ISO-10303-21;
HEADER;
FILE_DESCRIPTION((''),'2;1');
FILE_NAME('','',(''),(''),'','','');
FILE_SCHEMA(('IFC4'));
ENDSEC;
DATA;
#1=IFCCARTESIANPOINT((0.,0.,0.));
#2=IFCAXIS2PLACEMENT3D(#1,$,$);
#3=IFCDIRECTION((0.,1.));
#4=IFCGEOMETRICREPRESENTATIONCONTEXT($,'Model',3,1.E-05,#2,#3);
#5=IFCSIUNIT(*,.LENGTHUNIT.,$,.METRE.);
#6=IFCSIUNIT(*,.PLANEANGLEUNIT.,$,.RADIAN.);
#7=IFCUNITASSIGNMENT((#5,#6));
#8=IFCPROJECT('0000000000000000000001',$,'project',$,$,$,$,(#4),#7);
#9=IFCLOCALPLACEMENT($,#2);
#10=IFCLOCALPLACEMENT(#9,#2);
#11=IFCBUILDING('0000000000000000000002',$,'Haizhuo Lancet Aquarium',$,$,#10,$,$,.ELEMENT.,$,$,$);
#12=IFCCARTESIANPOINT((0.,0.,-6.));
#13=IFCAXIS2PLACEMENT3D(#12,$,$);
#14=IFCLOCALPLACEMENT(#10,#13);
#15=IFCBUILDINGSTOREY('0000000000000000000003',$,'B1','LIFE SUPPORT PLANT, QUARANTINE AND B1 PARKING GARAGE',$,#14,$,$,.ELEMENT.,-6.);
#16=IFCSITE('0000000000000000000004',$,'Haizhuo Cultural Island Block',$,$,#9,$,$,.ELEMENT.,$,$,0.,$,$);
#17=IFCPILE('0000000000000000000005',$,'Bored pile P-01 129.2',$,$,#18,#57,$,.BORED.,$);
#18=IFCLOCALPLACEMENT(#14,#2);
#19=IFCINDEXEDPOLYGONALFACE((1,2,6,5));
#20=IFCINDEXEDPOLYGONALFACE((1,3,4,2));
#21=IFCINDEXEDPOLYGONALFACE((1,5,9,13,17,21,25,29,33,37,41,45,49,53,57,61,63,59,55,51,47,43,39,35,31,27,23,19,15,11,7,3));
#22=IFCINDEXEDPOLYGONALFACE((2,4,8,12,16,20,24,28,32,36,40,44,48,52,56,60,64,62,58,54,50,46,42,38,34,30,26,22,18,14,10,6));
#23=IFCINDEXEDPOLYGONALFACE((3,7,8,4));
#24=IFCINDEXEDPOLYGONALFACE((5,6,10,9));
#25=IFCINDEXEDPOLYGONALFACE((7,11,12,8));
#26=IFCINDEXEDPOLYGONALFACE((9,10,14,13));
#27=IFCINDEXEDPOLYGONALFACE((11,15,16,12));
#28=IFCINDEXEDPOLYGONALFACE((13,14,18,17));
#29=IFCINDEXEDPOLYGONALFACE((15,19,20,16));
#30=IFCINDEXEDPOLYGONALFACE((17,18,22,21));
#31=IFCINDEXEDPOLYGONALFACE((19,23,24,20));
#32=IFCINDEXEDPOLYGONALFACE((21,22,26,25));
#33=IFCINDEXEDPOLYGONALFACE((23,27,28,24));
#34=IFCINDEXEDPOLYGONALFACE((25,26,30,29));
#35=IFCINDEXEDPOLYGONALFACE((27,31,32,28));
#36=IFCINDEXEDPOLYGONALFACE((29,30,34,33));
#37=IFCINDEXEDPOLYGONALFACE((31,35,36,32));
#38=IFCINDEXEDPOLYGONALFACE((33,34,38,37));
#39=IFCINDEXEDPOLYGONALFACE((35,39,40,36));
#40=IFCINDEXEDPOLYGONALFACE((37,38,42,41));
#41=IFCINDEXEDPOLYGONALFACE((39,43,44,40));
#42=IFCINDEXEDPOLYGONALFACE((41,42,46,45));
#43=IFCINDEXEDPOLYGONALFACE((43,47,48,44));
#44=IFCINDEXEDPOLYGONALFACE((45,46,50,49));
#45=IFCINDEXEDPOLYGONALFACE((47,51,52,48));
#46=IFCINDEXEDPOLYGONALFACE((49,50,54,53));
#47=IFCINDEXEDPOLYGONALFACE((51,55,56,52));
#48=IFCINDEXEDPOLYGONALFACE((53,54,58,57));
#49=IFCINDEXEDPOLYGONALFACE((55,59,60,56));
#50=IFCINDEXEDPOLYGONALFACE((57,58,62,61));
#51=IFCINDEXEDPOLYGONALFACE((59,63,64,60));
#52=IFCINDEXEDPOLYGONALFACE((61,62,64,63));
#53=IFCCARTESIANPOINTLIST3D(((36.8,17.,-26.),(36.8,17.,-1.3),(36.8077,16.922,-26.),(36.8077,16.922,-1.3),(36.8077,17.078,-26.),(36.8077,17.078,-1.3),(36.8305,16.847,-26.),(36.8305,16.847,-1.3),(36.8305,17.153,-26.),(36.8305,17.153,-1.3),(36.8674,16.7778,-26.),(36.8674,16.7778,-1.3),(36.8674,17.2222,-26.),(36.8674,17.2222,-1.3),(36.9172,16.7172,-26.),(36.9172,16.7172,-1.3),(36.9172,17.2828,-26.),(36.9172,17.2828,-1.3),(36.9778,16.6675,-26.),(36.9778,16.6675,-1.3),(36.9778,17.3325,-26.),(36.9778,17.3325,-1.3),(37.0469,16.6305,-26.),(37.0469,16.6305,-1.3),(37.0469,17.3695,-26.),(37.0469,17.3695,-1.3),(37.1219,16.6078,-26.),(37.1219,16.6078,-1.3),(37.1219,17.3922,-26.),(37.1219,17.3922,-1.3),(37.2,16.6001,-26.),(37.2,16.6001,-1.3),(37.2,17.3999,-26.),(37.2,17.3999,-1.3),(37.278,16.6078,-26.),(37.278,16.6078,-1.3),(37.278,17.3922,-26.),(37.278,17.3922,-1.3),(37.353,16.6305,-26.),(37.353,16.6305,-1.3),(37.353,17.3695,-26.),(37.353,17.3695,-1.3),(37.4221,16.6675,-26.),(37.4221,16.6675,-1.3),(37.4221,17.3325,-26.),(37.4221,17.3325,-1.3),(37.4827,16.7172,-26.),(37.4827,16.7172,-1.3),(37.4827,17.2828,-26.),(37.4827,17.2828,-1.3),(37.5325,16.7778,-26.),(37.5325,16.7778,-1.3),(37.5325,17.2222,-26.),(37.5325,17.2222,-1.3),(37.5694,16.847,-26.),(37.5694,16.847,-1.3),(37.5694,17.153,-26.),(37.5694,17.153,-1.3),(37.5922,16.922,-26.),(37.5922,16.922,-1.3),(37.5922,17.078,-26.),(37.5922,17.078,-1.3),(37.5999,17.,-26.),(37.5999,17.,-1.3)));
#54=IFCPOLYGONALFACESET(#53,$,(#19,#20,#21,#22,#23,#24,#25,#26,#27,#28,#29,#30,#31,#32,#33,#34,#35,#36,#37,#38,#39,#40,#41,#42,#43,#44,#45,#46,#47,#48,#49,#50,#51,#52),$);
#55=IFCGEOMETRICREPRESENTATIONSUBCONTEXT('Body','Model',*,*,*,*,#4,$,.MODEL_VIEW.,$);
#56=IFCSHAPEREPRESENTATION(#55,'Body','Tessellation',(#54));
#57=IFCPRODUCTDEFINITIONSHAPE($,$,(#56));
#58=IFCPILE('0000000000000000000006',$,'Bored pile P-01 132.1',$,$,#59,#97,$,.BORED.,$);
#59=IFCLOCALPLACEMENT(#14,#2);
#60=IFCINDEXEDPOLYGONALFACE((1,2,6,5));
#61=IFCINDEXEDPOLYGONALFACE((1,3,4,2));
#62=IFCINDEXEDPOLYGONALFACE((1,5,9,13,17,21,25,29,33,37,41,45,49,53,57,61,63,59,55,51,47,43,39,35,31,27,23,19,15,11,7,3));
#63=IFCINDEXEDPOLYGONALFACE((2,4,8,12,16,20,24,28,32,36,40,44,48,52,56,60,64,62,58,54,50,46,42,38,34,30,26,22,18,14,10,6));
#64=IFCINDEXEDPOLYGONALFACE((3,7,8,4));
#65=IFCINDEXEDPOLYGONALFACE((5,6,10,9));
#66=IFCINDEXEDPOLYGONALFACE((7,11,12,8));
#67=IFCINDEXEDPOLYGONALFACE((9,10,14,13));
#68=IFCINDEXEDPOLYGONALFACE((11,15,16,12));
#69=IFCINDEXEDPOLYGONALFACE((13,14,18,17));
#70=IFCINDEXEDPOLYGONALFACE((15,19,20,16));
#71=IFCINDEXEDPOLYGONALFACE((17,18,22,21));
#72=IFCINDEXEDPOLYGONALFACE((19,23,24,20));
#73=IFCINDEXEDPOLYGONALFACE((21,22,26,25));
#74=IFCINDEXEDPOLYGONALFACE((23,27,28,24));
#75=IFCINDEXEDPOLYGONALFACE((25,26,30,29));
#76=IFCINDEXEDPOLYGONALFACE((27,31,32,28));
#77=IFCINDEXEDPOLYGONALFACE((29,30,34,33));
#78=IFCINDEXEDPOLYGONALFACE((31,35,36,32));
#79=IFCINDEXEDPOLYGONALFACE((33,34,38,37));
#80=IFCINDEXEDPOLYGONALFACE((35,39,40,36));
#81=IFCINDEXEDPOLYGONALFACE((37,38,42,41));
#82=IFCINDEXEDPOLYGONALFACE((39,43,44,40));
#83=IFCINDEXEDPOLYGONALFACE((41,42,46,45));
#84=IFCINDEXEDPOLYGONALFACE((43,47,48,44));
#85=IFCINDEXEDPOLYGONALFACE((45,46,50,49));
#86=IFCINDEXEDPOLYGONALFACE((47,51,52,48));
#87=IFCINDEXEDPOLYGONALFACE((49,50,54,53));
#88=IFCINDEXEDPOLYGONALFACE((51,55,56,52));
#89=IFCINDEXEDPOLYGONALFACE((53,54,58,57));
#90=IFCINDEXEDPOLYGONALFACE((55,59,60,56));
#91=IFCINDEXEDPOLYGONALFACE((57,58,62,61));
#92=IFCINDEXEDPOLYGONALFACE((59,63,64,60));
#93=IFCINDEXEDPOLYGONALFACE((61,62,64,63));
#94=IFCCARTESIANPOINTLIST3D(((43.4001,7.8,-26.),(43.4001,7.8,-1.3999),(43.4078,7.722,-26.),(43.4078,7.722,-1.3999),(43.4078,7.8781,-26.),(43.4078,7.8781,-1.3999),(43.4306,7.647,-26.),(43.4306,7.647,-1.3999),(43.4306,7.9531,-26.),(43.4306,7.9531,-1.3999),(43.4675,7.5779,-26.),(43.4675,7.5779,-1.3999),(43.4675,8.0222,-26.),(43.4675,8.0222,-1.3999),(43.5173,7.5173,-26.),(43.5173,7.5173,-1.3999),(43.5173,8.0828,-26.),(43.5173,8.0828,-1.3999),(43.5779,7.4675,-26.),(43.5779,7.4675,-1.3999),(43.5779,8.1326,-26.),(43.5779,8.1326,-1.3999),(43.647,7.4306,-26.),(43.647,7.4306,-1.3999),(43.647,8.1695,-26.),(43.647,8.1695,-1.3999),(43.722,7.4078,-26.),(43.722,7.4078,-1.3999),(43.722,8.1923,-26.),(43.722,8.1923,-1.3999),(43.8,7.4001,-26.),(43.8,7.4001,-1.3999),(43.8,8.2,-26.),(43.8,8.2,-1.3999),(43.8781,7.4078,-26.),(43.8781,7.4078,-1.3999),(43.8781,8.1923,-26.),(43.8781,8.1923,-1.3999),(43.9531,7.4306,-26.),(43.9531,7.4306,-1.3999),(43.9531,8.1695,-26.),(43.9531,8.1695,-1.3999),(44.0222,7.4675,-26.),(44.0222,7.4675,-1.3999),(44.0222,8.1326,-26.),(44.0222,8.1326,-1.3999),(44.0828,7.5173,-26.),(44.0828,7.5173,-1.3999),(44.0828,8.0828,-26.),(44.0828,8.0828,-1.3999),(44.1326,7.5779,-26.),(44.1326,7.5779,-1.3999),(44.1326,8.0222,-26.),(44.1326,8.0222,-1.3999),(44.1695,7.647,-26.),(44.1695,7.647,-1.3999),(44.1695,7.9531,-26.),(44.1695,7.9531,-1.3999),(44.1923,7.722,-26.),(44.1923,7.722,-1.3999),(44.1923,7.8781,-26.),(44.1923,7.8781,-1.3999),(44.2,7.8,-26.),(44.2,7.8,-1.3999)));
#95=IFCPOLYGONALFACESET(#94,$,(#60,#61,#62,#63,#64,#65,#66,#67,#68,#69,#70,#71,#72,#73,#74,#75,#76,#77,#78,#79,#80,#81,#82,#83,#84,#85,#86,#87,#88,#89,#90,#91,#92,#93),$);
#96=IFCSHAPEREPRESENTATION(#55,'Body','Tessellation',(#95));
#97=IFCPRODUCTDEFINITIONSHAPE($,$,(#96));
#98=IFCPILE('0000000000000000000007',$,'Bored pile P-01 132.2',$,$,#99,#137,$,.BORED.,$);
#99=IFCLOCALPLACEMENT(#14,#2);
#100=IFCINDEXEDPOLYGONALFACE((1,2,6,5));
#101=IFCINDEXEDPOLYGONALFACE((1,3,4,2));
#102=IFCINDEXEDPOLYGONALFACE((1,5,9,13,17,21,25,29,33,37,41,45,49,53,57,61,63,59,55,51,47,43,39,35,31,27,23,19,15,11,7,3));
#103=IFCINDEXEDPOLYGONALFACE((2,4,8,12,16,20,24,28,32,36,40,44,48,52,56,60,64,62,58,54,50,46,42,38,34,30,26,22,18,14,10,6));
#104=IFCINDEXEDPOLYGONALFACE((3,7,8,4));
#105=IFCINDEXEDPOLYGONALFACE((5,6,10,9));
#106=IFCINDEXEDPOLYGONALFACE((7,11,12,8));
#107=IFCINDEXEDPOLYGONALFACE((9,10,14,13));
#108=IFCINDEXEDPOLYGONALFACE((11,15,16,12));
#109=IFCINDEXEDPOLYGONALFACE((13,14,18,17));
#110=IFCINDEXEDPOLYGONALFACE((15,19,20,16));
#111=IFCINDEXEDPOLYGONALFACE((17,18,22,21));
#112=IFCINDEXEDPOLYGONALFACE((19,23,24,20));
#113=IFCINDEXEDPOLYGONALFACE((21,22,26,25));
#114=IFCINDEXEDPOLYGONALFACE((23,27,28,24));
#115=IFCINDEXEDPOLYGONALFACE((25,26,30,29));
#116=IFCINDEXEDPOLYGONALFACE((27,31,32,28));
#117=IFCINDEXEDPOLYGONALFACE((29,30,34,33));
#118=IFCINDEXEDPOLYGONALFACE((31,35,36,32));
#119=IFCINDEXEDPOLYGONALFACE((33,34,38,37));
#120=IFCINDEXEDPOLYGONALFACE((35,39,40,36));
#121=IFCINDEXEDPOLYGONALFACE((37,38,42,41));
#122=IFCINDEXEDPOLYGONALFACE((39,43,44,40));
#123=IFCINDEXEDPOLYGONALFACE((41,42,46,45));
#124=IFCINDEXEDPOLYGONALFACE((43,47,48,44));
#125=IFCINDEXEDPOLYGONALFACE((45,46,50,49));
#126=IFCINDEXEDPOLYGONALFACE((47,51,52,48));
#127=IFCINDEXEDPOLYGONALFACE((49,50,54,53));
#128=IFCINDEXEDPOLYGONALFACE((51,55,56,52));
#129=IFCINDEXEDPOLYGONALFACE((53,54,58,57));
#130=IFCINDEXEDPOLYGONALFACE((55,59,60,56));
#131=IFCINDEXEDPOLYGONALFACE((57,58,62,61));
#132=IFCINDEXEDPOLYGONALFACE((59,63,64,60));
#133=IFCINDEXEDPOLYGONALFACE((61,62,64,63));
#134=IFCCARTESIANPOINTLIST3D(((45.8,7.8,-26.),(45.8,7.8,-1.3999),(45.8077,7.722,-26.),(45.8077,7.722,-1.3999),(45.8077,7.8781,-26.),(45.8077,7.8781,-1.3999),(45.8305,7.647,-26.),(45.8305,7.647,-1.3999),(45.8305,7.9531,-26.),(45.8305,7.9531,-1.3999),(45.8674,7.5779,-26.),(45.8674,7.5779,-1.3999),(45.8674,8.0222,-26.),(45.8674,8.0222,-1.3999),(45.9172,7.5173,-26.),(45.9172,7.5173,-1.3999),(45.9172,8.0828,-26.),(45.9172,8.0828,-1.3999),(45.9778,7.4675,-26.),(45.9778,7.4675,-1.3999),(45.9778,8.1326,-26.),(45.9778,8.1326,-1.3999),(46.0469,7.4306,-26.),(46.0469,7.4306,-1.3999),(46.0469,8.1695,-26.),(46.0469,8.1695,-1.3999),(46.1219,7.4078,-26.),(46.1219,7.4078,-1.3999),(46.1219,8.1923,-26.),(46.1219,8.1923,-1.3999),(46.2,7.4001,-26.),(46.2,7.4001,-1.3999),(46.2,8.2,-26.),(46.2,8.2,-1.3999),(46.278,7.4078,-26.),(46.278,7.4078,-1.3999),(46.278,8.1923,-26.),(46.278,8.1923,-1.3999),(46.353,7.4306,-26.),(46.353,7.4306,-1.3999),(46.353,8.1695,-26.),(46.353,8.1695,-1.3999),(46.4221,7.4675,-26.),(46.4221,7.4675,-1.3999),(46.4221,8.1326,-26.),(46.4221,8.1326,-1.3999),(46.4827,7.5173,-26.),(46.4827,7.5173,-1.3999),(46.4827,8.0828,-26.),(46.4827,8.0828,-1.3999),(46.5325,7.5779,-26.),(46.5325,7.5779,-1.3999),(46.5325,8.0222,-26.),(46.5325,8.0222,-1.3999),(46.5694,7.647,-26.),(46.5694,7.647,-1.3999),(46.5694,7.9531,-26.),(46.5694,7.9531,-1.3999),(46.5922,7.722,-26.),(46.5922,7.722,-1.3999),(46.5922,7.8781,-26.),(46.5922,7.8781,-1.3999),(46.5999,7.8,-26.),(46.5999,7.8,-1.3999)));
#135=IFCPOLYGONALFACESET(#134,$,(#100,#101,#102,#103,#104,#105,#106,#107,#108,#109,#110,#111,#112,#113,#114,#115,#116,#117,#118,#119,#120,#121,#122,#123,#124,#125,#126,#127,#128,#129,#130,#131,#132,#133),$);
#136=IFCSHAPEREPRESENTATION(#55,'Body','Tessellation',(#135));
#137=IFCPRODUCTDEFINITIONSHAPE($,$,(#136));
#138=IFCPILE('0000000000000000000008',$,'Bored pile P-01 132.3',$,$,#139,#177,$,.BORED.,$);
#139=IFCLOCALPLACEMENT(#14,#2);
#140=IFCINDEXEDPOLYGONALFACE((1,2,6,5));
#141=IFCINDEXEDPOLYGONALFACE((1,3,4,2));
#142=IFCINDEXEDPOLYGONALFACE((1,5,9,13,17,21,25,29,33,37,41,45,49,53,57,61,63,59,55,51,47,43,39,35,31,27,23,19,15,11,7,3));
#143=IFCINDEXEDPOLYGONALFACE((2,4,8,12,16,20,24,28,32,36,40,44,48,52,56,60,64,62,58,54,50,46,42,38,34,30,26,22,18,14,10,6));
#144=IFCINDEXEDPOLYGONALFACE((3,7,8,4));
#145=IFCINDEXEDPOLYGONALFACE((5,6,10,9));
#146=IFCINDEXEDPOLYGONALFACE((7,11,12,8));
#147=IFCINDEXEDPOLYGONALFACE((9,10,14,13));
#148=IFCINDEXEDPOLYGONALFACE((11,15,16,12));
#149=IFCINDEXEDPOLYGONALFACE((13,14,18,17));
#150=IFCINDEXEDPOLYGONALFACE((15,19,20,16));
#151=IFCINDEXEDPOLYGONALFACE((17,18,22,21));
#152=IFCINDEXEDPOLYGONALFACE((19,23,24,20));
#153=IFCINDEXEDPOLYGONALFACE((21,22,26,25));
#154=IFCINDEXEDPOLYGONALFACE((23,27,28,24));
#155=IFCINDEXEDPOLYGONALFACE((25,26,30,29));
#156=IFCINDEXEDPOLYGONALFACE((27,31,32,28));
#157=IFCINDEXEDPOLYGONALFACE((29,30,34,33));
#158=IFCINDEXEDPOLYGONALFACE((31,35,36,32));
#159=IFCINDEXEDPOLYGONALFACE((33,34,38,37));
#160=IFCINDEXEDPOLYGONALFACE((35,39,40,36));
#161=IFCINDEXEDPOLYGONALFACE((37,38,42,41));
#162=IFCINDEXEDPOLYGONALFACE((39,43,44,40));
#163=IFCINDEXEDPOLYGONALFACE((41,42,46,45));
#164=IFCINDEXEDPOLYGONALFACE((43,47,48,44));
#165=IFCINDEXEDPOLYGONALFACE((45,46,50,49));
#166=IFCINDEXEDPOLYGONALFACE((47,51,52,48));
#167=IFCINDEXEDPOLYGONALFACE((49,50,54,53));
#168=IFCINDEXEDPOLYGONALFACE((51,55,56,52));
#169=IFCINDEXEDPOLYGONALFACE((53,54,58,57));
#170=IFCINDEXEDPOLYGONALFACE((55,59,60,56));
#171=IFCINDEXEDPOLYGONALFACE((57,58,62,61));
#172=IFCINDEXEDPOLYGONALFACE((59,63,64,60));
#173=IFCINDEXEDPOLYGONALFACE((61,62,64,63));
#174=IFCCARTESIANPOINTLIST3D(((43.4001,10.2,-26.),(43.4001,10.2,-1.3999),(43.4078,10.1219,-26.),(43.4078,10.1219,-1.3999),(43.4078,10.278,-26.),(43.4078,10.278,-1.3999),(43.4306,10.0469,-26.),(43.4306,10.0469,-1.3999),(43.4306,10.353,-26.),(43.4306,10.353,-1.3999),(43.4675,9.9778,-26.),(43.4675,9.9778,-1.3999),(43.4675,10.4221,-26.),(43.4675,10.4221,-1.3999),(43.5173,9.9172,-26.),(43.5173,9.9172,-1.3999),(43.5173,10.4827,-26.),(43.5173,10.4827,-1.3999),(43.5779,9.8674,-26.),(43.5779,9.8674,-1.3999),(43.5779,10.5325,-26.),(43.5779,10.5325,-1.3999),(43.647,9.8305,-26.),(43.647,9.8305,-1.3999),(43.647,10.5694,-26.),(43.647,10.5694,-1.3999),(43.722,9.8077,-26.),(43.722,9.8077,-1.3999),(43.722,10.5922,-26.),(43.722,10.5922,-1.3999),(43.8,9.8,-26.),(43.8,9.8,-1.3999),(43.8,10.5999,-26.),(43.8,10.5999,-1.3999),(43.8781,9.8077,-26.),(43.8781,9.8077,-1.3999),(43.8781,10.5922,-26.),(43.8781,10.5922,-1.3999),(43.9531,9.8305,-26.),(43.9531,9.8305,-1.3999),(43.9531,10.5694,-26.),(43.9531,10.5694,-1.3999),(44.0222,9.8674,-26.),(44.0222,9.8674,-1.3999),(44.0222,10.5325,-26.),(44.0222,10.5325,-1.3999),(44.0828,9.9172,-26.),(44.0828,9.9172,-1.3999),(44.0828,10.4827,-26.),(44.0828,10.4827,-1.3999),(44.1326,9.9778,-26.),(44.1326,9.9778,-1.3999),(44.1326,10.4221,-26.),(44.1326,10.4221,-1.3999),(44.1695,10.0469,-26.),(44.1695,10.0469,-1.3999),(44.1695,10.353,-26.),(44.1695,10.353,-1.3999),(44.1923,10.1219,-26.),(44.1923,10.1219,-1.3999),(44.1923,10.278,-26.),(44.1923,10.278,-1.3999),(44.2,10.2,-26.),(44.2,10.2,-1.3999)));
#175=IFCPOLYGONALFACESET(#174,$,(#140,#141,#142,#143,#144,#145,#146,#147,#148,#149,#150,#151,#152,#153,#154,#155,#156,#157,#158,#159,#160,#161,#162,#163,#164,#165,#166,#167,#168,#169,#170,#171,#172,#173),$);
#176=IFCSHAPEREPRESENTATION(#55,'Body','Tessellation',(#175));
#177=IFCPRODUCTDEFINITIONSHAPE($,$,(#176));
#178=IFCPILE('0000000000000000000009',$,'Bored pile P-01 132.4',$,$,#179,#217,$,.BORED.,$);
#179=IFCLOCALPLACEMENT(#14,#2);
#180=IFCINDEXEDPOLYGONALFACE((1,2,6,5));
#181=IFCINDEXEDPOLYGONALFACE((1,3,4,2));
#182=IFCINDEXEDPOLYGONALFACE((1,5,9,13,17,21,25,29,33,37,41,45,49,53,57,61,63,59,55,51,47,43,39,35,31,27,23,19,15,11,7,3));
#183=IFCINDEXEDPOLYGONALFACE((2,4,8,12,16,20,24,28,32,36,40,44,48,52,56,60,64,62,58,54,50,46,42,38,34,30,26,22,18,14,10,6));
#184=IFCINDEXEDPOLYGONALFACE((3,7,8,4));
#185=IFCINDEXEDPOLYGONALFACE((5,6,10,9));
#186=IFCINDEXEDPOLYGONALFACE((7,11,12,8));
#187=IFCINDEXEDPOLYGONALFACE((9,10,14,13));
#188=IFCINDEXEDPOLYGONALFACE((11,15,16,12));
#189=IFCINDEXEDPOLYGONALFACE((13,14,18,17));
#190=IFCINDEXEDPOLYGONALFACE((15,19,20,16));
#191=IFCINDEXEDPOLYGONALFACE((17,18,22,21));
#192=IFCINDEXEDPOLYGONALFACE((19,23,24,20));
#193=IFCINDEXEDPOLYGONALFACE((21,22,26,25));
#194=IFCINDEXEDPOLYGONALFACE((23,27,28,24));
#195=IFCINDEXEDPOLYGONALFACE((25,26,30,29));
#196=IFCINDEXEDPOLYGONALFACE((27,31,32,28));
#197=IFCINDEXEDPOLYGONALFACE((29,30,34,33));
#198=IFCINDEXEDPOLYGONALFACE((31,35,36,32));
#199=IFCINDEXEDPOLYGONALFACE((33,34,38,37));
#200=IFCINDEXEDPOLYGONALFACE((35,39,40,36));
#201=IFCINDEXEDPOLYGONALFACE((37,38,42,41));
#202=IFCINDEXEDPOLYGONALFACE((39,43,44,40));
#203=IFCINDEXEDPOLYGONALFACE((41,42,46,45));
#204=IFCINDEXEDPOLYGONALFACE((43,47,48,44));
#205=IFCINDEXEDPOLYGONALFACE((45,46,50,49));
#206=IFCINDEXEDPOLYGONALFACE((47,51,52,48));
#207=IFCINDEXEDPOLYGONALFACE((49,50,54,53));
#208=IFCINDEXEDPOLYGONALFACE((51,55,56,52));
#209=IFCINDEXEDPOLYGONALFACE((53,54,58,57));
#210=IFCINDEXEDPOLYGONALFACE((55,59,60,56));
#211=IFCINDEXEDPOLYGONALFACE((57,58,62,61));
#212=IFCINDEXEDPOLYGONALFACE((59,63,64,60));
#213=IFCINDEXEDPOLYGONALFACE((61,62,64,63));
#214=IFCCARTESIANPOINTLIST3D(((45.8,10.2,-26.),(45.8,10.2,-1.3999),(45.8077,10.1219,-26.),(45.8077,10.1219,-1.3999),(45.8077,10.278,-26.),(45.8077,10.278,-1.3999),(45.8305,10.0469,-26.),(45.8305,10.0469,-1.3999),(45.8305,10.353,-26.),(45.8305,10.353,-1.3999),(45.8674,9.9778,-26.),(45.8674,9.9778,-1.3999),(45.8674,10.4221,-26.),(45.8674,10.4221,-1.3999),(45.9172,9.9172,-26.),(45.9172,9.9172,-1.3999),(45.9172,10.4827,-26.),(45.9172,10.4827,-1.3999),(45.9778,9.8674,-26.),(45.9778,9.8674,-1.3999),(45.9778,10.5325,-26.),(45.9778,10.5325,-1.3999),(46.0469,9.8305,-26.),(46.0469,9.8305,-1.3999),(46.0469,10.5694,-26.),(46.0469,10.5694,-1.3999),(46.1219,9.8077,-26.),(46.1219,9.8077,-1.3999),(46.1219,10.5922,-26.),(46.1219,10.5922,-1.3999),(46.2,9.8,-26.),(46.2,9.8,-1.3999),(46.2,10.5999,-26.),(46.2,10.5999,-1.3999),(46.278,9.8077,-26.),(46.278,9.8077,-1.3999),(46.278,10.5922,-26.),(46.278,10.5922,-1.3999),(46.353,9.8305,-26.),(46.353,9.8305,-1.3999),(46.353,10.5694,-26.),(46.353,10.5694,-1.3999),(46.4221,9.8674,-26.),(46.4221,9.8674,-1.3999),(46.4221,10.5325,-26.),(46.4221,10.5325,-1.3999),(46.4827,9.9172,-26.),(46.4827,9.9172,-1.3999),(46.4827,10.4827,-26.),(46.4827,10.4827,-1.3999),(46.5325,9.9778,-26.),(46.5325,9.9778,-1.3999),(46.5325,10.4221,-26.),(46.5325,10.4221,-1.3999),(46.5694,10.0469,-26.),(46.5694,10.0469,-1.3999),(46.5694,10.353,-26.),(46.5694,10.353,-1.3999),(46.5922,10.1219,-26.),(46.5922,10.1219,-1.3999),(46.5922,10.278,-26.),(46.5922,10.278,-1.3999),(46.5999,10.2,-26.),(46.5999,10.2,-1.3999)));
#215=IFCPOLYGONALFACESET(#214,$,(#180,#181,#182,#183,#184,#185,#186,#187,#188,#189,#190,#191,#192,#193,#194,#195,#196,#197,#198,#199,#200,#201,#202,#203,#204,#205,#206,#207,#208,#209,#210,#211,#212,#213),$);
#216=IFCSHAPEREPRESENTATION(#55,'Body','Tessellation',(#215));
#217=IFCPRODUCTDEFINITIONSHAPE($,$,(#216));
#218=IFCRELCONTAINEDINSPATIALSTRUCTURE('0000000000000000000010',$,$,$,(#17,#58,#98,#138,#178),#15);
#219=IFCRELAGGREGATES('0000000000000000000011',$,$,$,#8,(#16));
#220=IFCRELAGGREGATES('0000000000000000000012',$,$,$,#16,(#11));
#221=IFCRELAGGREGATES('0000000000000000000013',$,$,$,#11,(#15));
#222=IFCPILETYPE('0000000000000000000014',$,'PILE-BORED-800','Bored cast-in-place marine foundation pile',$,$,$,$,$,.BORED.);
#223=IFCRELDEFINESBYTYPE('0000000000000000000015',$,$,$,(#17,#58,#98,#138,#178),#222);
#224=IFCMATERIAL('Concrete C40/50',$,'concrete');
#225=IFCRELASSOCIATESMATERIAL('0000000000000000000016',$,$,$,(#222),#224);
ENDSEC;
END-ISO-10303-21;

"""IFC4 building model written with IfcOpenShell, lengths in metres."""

from ifc_helpers import new_model, si_unit, direction, frame, origin, origin_2d, place, context, subcontext, project, spatial, circle, extrude, material, material_profile, profile_set, type_object, element, save


model = new_model("IFC4")

# Units and contexts
model_context = context("Model", 3, precision=1e-05, world=origin(), true_north=direction((0.0, 1.0)))
body_context = subcontext(model_context, "Body", "Model", "MODEL_VIEW")
ifc_project = project(units=[si_unit("LENGTHUNIT", "METRE"), si_unit("PLANEANGLEUNIT", "RADIAN")], contexts=[model_context])

# Site, building, storey
site_placement = place(None, origin())
site = spatial("IfcSite", under=ifc_project, at=site_placement, Name="Haizhuo Cultural Island Block", CompositionType="ELEMENT", RefElevation=0.0)
building_placement = place(site_placement, origin())
building = spatial("IfcBuilding", under=site, at=building_placement, Name="Haizhuo Lancet Aquarium", CompositionType="ELEMENT")
storey_placement = place(building_placement, frame((0.0, 0.0, -6.0)))
storey = spatial("IfcBuildingStorey", under=building, at=storey_placement, Name="B1", Description="LIFE SUPPORT PLANT, QUARANTINE AND B1 PARKING GARAGE", CompositionType="ELEMENT", Elevation=-6.0)

# Shared definitions
ifc_material_1 = material(Name="Concrete C40/50", Category="concrete")

# Piles
ifc_material_profile_1 = material_profile(ifc_material_1, circle(Radius=0.3999, at=origin_2d()), Name="PILE-800")
ifc_profile_set_1 = profile_set([ifc_material_profile_1], Name="Concrete C40/50")
pile_type = type_object("IfcPileType", Name="PILE-BORED-800", Description="Bored cast-in-place marine foundation pile", PredefinedType="BORED", material=ifc_profile_set_1)
pile_1_placement = place(storey_placement, frame((37.2, 17.0, -1.3), z_axis=(0.0, 0.0, -1.0), x_axis=(1.0, 0.0, 0.0)))
element("IfcPile", 1, at=pile_1_placement, inside=storey, type_object=pile_type, Name="Bored pile P-01 129.2", PredefinedType="BORED", context=body_context, shape_type="SweptSolid", body=[
    extrude(circle(Radius=0.3999, at=origin_2d()), origin(), (0.0, 0.0, 1.0), 24.7),
])
for number, where, z_axis, x_axis, name in (
    (2, (43.8, 7.8, -1.3999), (0.0, 0.0, -1.0), (1.0, 0.0, 0.0), "Bored pile P-01 132.1"),
    (3, (46.2, 7.8, -1.3999), (0.0, 0.0, -1.0), (1.0, 0.0, 0.0), "Bored pile P-01 132.2"),
    (4, (43.8, 10.2, -1.3999), (0.0, 0.0, -1.0), (1.0, 0.0, 0.0), "Bored pile P-01 132.3"),
    (5, (46.2, 10.2, -1.3999), (0.0, 0.0, -1.0), (1.0, 0.0, 0.0), "Bored pile P-01 132.4"),
):
    element("IfcPile", number, at=place(storey_placement, frame(where, z_axis=z_axis, x_axis=x_axis)), inside=storey, type_object=pile_type, Name=name, PredefinedType="BORED", context=body_context, shape_type="SweptSolid", body=[
        extrude(circle(Radius=0.3999, at=origin_2d()), origin(), (0.0, 0.0, 1.0), 24.6001),
    ])

save(model, "model.ifc")
